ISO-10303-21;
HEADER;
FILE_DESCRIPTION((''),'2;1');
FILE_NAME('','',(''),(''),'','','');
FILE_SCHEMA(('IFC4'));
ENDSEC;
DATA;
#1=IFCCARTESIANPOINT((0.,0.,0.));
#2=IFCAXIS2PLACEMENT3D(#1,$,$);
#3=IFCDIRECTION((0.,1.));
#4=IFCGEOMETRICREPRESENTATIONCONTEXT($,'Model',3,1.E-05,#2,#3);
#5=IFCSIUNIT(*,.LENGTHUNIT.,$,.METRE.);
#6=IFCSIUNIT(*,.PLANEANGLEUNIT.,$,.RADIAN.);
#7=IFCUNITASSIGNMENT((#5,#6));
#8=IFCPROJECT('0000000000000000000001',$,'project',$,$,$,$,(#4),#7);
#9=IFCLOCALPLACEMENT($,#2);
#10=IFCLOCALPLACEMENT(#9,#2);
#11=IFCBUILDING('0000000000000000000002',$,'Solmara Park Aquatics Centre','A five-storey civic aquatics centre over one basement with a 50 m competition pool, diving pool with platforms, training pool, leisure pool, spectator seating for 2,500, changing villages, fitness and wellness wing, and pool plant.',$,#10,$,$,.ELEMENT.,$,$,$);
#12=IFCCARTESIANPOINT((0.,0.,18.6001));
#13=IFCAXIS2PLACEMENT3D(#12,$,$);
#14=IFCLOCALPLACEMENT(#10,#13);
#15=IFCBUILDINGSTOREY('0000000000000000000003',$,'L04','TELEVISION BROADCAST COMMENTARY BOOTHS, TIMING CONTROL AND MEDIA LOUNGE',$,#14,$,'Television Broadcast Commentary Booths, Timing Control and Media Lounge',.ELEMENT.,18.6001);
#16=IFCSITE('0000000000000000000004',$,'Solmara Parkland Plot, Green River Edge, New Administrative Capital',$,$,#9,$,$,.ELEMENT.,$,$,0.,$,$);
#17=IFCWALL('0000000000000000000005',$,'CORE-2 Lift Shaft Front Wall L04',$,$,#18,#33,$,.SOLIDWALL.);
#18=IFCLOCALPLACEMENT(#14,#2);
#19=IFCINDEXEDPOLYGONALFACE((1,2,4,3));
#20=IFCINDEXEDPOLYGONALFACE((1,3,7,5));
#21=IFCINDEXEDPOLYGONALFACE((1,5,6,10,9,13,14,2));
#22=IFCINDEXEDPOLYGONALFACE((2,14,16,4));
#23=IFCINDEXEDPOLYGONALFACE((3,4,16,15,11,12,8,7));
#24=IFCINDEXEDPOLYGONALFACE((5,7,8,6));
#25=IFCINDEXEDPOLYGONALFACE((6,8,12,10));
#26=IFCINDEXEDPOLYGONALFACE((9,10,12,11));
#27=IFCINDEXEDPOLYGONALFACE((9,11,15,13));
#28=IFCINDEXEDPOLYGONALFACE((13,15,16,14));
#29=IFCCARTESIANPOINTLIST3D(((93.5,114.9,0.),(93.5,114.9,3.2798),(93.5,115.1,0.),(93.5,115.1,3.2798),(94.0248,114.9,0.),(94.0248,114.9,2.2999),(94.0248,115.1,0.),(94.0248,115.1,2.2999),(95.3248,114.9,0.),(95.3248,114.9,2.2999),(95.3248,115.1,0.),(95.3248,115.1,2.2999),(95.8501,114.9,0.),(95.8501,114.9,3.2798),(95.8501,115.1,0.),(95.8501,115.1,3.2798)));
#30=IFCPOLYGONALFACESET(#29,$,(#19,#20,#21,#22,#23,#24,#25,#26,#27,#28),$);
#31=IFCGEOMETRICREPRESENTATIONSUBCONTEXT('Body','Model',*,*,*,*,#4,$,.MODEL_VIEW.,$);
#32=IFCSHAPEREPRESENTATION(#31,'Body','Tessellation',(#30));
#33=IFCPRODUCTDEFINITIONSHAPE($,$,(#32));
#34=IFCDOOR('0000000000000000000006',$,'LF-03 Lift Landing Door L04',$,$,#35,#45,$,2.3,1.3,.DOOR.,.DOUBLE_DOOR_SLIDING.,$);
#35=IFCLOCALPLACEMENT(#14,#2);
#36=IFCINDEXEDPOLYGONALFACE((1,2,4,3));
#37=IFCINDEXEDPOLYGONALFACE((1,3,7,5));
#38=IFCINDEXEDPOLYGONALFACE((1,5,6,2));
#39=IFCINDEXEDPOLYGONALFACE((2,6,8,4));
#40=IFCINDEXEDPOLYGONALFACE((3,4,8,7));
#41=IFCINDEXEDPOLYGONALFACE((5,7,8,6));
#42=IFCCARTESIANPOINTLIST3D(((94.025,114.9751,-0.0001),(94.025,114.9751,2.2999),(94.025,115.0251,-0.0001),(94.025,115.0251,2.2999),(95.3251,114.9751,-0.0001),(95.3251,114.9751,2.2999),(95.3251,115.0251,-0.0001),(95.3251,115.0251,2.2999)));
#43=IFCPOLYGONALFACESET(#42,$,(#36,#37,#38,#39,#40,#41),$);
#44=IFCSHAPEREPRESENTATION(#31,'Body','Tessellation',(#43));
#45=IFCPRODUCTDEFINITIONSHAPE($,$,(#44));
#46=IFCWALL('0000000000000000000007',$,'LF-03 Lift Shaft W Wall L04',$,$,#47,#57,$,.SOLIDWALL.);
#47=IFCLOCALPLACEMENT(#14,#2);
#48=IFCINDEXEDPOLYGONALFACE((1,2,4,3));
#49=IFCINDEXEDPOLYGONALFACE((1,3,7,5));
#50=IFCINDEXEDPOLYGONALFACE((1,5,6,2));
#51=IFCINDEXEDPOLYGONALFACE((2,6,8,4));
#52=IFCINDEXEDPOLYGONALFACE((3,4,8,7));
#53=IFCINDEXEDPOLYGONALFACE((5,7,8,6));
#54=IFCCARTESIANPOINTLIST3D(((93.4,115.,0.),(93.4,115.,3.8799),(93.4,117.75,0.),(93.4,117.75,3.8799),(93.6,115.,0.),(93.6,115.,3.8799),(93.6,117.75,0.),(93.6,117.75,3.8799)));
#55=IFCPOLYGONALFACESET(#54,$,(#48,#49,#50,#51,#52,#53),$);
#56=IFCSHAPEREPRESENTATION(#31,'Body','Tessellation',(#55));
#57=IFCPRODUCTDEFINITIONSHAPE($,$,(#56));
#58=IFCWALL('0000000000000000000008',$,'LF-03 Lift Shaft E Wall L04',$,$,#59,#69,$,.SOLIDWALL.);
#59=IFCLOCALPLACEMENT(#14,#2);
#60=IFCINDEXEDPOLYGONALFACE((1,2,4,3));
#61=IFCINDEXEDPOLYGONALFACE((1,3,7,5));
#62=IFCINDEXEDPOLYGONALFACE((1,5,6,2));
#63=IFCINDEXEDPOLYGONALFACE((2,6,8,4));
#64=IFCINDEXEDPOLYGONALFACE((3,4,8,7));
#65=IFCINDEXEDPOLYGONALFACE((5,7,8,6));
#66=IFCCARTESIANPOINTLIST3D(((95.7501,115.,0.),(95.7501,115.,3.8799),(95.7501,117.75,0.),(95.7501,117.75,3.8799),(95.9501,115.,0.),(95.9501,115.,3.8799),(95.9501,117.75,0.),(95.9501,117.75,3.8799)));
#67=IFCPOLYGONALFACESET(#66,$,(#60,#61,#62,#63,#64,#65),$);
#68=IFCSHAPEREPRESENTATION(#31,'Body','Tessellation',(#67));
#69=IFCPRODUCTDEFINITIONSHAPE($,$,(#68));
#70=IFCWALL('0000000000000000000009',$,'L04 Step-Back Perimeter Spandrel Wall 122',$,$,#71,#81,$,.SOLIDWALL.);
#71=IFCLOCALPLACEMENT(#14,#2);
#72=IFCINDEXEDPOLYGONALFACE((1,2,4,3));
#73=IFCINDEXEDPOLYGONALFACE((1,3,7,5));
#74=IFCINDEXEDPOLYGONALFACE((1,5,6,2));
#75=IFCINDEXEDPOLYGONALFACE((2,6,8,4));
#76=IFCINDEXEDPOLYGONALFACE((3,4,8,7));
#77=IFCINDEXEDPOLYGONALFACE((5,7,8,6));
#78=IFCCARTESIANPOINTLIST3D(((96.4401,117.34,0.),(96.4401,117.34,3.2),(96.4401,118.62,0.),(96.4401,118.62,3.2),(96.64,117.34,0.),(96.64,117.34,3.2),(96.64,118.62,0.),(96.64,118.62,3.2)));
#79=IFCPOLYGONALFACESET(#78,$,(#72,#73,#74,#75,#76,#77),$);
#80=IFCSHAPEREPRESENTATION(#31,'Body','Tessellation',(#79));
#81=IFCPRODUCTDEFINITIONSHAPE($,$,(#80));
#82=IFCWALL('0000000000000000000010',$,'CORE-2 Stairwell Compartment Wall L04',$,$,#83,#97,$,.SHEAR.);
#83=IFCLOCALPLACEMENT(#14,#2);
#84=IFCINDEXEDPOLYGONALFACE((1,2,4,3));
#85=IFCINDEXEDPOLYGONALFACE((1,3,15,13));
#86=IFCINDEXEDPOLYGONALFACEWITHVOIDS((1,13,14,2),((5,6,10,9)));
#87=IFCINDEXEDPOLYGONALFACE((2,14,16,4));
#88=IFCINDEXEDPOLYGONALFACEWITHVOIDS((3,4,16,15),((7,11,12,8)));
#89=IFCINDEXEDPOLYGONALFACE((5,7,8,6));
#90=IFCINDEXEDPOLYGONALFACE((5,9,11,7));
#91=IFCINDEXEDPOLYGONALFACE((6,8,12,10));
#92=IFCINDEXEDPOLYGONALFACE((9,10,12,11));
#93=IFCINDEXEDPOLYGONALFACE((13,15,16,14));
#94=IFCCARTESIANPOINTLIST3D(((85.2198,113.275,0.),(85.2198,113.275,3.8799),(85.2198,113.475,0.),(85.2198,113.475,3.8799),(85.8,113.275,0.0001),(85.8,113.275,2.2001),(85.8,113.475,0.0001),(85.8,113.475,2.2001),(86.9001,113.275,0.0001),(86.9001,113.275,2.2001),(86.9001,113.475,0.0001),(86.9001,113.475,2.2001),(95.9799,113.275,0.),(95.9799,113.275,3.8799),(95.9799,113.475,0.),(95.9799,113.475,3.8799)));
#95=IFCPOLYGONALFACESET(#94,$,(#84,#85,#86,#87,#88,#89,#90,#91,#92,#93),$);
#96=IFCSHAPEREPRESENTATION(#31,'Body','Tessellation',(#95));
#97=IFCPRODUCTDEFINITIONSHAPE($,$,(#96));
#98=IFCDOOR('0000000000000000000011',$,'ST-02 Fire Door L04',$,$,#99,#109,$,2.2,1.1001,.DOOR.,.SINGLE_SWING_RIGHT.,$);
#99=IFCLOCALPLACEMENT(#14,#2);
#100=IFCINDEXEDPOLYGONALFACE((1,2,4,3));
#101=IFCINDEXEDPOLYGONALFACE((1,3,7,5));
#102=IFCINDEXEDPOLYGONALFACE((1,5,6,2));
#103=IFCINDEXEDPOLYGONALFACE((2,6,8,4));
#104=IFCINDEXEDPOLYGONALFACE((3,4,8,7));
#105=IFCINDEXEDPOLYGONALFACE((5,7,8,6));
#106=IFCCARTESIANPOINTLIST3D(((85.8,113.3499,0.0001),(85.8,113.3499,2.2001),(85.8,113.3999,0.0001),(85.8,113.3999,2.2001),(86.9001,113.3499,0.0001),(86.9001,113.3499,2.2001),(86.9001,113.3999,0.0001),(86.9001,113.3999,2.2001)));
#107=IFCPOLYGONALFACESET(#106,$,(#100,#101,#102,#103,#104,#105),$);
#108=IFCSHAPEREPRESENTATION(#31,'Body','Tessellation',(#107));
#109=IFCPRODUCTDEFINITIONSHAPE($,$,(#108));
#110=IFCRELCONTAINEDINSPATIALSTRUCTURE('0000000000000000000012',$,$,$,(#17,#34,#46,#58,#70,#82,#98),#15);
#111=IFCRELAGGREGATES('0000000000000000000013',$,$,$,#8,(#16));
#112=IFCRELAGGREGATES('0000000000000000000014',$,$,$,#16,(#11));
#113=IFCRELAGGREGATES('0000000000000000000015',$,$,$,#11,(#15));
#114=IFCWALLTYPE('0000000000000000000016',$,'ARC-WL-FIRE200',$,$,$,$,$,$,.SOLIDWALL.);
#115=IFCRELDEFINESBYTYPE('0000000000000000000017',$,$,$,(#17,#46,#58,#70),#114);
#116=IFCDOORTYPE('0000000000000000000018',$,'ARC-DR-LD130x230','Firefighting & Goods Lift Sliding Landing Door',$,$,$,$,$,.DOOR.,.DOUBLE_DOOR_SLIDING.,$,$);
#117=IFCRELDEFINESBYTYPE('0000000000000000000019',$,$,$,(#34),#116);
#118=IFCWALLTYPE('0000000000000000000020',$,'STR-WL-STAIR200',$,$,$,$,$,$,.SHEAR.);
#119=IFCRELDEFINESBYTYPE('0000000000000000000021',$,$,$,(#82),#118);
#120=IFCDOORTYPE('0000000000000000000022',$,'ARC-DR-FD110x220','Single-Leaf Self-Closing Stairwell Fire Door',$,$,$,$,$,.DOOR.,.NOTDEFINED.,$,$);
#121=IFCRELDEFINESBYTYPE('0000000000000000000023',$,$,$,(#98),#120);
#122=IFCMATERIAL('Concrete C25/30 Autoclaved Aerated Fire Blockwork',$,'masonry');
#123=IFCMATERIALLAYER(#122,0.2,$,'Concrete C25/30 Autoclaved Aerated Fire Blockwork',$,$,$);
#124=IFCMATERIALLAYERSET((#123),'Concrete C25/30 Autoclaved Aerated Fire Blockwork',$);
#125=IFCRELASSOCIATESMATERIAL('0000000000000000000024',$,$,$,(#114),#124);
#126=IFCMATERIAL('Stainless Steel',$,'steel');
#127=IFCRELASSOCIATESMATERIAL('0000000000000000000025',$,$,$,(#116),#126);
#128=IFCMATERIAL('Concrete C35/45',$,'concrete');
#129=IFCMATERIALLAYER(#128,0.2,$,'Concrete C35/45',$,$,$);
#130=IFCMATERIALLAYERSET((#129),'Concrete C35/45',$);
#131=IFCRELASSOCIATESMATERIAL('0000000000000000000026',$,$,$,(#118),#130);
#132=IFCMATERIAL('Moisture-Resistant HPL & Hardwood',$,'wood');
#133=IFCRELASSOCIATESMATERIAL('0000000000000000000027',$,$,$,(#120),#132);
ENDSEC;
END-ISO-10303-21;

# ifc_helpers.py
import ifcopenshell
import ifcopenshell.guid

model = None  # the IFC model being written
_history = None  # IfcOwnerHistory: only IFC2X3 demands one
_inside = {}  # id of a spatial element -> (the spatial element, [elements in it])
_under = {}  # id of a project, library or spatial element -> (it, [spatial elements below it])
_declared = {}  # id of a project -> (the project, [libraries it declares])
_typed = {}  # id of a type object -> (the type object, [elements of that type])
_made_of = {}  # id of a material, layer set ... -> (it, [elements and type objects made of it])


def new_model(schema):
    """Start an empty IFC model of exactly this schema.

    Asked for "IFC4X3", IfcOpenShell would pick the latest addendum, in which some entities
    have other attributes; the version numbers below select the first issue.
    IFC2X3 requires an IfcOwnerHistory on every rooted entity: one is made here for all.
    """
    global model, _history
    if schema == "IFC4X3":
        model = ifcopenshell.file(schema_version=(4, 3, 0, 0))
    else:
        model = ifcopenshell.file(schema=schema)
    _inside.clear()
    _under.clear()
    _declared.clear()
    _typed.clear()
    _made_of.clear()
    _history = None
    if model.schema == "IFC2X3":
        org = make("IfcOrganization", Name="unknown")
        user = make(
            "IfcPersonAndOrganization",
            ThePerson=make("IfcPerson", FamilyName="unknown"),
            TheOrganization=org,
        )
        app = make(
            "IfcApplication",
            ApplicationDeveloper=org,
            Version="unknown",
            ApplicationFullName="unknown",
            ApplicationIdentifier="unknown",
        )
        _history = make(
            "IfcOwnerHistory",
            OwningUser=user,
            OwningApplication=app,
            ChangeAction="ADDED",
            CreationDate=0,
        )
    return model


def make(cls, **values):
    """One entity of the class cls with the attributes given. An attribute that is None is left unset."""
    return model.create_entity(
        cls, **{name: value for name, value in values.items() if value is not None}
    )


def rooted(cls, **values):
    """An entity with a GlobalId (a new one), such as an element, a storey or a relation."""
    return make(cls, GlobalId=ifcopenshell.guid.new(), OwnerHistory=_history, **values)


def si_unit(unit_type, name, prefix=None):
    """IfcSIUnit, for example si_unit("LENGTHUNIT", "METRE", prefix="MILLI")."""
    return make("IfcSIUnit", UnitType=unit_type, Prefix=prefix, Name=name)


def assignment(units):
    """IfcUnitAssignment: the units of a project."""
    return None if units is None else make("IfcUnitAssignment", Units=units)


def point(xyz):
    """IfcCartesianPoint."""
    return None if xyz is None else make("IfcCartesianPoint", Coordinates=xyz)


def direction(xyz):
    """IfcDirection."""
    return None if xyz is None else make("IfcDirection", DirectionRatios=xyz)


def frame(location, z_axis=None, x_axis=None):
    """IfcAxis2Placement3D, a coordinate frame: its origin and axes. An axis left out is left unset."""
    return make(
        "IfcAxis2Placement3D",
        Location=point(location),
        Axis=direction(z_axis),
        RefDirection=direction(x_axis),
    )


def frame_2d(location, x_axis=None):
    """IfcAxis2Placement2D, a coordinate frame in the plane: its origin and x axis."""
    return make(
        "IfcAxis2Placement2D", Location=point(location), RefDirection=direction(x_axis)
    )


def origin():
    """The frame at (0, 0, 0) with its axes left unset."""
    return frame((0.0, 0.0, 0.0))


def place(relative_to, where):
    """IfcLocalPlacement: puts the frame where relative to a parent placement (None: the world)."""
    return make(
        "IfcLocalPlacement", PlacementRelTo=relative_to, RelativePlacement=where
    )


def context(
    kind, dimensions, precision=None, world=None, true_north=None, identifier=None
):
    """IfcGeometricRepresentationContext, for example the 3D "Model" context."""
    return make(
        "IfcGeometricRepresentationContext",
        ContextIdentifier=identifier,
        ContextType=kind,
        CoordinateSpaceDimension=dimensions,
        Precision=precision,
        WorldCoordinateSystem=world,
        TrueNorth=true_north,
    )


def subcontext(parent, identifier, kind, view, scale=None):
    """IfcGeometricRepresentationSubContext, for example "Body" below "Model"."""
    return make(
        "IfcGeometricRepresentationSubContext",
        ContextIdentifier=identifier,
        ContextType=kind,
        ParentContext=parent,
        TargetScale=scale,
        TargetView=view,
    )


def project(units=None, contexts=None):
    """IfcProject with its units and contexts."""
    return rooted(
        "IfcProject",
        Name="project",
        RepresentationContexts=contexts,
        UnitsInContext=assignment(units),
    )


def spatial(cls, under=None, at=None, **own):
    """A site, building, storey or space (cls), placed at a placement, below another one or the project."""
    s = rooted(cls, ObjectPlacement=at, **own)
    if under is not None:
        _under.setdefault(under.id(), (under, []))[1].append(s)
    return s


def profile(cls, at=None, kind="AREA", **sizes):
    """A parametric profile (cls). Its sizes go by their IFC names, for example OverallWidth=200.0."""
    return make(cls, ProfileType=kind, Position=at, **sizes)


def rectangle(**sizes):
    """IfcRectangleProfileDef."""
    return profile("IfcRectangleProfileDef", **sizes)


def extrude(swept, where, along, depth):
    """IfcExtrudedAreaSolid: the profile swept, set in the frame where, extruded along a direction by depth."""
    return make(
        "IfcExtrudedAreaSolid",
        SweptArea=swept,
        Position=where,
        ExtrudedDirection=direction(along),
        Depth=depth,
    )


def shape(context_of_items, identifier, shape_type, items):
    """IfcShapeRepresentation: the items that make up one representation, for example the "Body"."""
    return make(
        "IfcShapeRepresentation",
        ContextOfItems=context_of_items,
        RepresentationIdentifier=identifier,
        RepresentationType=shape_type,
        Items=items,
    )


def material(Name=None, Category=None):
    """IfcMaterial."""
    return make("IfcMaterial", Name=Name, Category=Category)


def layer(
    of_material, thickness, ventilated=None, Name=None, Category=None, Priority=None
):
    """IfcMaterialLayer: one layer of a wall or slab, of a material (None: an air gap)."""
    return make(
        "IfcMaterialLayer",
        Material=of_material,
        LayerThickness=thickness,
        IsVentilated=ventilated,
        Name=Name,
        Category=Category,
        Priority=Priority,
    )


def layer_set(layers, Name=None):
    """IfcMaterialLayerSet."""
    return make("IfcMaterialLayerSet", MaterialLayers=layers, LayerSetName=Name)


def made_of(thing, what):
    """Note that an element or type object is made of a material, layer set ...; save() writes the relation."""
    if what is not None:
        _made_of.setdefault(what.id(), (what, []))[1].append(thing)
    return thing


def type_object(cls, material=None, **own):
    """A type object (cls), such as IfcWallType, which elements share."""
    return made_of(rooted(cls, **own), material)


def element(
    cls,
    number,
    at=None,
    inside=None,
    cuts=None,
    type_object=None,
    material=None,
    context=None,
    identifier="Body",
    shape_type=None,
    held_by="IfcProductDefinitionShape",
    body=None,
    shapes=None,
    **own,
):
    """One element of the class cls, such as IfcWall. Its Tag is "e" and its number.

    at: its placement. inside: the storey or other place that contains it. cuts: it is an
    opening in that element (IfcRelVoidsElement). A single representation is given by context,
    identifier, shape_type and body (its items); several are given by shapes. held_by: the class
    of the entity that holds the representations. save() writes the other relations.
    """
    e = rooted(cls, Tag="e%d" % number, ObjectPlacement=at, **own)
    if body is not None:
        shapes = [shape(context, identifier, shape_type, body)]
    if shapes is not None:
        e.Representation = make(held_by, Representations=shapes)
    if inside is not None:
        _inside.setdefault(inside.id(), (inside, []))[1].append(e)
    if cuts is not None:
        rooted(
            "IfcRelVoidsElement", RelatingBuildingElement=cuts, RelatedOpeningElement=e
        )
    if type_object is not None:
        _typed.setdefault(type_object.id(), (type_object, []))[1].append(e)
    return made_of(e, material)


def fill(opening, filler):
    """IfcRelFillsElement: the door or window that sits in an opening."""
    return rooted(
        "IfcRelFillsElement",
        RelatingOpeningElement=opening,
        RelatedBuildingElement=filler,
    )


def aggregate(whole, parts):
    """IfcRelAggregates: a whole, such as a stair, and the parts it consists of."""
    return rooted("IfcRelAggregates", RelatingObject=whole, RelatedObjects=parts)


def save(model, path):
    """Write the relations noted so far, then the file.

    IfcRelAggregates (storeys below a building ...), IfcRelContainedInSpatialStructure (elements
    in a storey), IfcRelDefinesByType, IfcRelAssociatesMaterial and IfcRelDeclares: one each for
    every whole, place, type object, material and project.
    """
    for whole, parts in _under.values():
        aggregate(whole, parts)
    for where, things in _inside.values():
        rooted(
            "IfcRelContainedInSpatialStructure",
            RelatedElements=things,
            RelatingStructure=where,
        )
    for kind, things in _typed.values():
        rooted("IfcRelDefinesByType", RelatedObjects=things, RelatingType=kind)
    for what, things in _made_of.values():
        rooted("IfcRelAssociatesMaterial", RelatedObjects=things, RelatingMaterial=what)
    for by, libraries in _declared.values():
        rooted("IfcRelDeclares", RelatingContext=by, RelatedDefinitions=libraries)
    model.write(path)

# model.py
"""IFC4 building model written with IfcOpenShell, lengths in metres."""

from ifc_helpers import new_model, si_unit, direction, frame, frame_2d, origin, place, context, subcontext, project, spatial, rectangle, extrude, material, layer, layer_set, type_object, element, fill, save


model = new_model("IFC4")

# Units and contexts
model_context = context("Model", 3, precision=1e-05, world=origin(), true_north=direction((0.0, 1.0)))
body_context = subcontext(model_context, "Body", "Model", "MODEL_VIEW")
ifc_project = project(units=[si_unit("LENGTHUNIT", "METRE"), si_unit("PLANEANGLEUNIT", "RADIAN")], contexts=[model_context])

# Site, building, storey
site_placement = place(None, origin())
site = spatial("IfcSite", under=ifc_project, at=site_placement, Name="Solmara Parkland Plot, Green River Edge, New Administrative Capital", CompositionType="ELEMENT", RefElevation=0.0)
building_placement = place(site_placement, origin())
building = spatial("IfcBuilding", under=site, at=building_placement, Name="Solmara Park Aquatics Centre", Description="A five-storey civic aquatics centre over one basement with a 50 m competition pool, diving pool with platforms, training pool, leisure pool, spectator seating for 2,500, changing villages, fitness and wellness wing, and pool plant.", CompositionType="ELEMENT")
storey_placement = place(building_placement, frame((0.0, 0.0, 18.6001)))
storey = spatial("IfcBuildingStorey", under=building, at=storey_placement, Name="L04", Description="TELEVISION BROADCAST COMMENTARY BOOTHS, TIMING CONTROL AND MEDIA LOUNGE", LongName="Television Broadcast Commentary Booths, Timing Control and Media Lounge", CompositionType="ELEMENT", Elevation=18.6001)

# Wall, opening, door
ifc_material_1 = material(Name="Moisture-Resistant HPL & Hardwood", Category="wood")
ifc_material_2 = material(Name="Concrete C25/30 Autoclaved Aerated Fire Blockwork", Category="masonry")
ifc_layer_1 = layer(ifc_material_2, 0.2, Name="Concrete C25/30 Autoclaved Aerated Fire Blockwork")
ifc_layer_set_1 = layer_set([ifc_layer_1], Name="Concrete C25/30 Autoclaved Aerated Fire Blockwork")
wall_type_1 = type_object("IfcWallType", Name="ARC-WL-FIRE200", PredefinedType="SOLIDWALL", material=ifc_layer_set_1)
wall_1_placement = place(storey_placement, frame((93.5, 115.0, 0.0), z_axis=(0.0, 0.0, 1.0), x_axis=(1.0, 0.0, 0.0)))
wall_1 = element("IfcWall", 1, at=wall_1_placement, inside=storey, type_object=wall_type_1, Name="CORE-2 Lift Shaft Front Wall L04", PredefinedType="SOLIDWALL", context=body_context, shape_type="SweptSolid", body=[
    extrude(rectangle(XDim=2.3501, YDim=0.2, at=frame_2d((1.175, 0.0))), origin(), (0.0, 0.0, 1.0), 3.2798),
])
opening_1_placement = place(wall_1_placement, frame((0.5249, 0.0, 0.0)))
opening_1 = element("IfcOpeningElement", 2, at=opening_1_placement, cuts=wall_1, PredefinedType="OPENING", context=body_context, shape_type="SweptSolid", body=[
    extrude(rectangle(XDim=1.3, YDim=2.3, at=frame_2d((0.6499, 1.1499))), frame((0.0, 0.1099, 0.0), z_axis=(0.0, -1.0, 0.0), x_axis=(1.0, 0.0, 0.0)), (0.0, 0.0, 1.0), 0.22),
])
ifc_material_3 = material(Name="Stainless Steel", Category="steel")
door_type_1 = type_object("IfcDoorType", Name="ARC-DR-LD130x230", Description="Firefighting & Goods Lift Sliding Landing Door", OperationType="DOUBLE_DOOR_SLIDING", PredefinedType="DOOR", material=ifc_material_3)
door_1_placement = place(opening_1_placement, frame((1.3, 0.0, 0.0), z_axis=(0.0, 0.0, 1.0), x_axis=(-1.0, 0.0, 0.0)))
door_1 = element("IfcDoor", 3, at=door_1_placement, inside=storey, type_object=door_type_1, Name="LF-03 Lift Landing Door L04", OperationType="DOUBLE_DOOR_SLIDING", OverallHeight=2.3, OverallWidth=1.3, PredefinedType="DOOR", context=body_context, shape_type="SweptSolid", body=[
    extrude(rectangle(XDim=1.3, YDim=2.3, at=frame_2d((0.6499, 1.1499))), frame((0.0, 0.0249, 0.0), z_axis=(0.0, -1.0, 0.0), x_axis=(1.0, 0.0, 0.0)), (0.0, 0.0, 1.0), 0.05),
])
fill(opening_1, door_1)

# Walls
for number, where, z_axis, x_axis, name in (
    (4, (93.5, 115.0, 0.0), (0.0, 0.0, 1.0), (0.0, 1.0, 0.0), "LF-03 Lift Shaft W Wall L04"),
    (5, (95.8501, 115.0, 0.0), (0.0, 0.0, 1.0), (0.0, 1.0, 0.0), "LF-03 Lift Shaft E Wall L04"),
):
    element("IfcWall", number, at=place(storey_placement, frame(where, z_axis=z_axis, x_axis=x_axis)), inside=storey, type_object=wall_type_1, Name=name, PredefinedType="SOLIDWALL", context=body_context, shape_type="SweptSolid", body=[
        extrude(rectangle(XDim=2.75, YDim=0.2, at=frame_2d((1.375, 0.0))), origin(), (0.0, 0.0, 1.0), 3.8799),
    ])
wall_2_placement = place(storey_placement, frame((96.54, 118.6201, 0.0), z_axis=(0.0, 0.0, 1.0), x_axis=(0.0, -1.0, 0.0)))
element("IfcWall", 6, at=wall_2_placement, inside=storey, type_object=wall_type_1, Name="L04 Step-Back Perimeter Spandrel Wall 122", PredefinedType="SOLIDWALL", context=body_context, shape_type="SweptSolid", body=[
    extrude(rectangle(XDim=1.28, YDim=0.2, at=frame_2d((0.6401, 0.0))), origin(), (0.0, 0.0, 1.0), 3.2),
])

# Wall, opening, door
ifc_material_4 = material(Name="Concrete C35/45", Category="concrete")
ifc_layer_2 = layer(ifc_material_4, 0.2, Name="Concrete C35/45")
ifc_layer_set_2 = layer_set([ifc_layer_2], Name="Concrete C35/45")
wall_type_2 = type_object("IfcWallType", Name="STR-WL-STAIR200", PredefinedType="SHEAR", material=ifc_layer_set_2)
wall_3_placement = place(storey_placement, frame((85.22, 113.375, 0.0), z_axis=(0.0, 0.0, 1.0), x_axis=(1.0, 0.0, 0.0)))
wall_3 = element("IfcWall", 7, at=wall_3_placement, inside=storey, type_object=wall_type_2, Name="CORE-2 Stairwell Compartment Wall L04", PredefinedType="SHEAR", context=body_context, shape_type="SweptSolid", body=[
    extrude(rectangle(XDim=10.76, YDim=0.2, at=frame_2d((5.3799, 0.0))), origin(), (0.0, 0.0, 1.0), 3.8799),
])
opening_2_placement = place(wall_3_placement, frame((0.5801, 0.0, 0.0)))
opening_2 = element("IfcOpeningElement", 8, at=opening_2_placement, cuts=wall_3, PredefinedType="OPENING", context=body_context, shape_type="SweptSolid", body=[
    extrude(rectangle(XDim=1.1001, YDim=2.2, at=frame_2d((0.55, 1.1001))), frame((0.0, 0.1099, 0.0), z_axis=(0.0, -1.0, 0.0), x_axis=(1.0, 0.0, 0.0)), (0.0, 0.0, 1.0), 0.22),
])
door_type_2 = type_object("IfcDoorType", Name="ARC-DR-FD110x220", Description="Single-Leaf Self-Closing Stairwell Fire Door", OperationType="NOTDEFINED", PredefinedType="DOOR", material=ifc_material_1)
door_2_placement = place(opening_2_placement, origin())
door_2 = element("IfcDoor", 9, at=door_2_placement, inside=storey, type_object=door_type_2, Name="ST-02 Fire Door L04", OperationType="SINGLE_SWING_RIGHT", OverallHeight=2.2, OverallWidth=1.1001, PredefinedType="DOOR", context=body_context, shape_type="SweptSolid", body=[
    extrude(rectangle(XDim=1.1001, YDim=2.2, at=frame_2d((0.55, 1.1001))), frame((0.0, 0.0249, 0.0), z_axis=(0.0, -1.0, 0.0), x_axis=(1.0, 0.0, 0.0)), (0.0, 0.0, 1.0), 0.05),
])
fill(opening_2, door_2)

save(model, "model.ifc")
